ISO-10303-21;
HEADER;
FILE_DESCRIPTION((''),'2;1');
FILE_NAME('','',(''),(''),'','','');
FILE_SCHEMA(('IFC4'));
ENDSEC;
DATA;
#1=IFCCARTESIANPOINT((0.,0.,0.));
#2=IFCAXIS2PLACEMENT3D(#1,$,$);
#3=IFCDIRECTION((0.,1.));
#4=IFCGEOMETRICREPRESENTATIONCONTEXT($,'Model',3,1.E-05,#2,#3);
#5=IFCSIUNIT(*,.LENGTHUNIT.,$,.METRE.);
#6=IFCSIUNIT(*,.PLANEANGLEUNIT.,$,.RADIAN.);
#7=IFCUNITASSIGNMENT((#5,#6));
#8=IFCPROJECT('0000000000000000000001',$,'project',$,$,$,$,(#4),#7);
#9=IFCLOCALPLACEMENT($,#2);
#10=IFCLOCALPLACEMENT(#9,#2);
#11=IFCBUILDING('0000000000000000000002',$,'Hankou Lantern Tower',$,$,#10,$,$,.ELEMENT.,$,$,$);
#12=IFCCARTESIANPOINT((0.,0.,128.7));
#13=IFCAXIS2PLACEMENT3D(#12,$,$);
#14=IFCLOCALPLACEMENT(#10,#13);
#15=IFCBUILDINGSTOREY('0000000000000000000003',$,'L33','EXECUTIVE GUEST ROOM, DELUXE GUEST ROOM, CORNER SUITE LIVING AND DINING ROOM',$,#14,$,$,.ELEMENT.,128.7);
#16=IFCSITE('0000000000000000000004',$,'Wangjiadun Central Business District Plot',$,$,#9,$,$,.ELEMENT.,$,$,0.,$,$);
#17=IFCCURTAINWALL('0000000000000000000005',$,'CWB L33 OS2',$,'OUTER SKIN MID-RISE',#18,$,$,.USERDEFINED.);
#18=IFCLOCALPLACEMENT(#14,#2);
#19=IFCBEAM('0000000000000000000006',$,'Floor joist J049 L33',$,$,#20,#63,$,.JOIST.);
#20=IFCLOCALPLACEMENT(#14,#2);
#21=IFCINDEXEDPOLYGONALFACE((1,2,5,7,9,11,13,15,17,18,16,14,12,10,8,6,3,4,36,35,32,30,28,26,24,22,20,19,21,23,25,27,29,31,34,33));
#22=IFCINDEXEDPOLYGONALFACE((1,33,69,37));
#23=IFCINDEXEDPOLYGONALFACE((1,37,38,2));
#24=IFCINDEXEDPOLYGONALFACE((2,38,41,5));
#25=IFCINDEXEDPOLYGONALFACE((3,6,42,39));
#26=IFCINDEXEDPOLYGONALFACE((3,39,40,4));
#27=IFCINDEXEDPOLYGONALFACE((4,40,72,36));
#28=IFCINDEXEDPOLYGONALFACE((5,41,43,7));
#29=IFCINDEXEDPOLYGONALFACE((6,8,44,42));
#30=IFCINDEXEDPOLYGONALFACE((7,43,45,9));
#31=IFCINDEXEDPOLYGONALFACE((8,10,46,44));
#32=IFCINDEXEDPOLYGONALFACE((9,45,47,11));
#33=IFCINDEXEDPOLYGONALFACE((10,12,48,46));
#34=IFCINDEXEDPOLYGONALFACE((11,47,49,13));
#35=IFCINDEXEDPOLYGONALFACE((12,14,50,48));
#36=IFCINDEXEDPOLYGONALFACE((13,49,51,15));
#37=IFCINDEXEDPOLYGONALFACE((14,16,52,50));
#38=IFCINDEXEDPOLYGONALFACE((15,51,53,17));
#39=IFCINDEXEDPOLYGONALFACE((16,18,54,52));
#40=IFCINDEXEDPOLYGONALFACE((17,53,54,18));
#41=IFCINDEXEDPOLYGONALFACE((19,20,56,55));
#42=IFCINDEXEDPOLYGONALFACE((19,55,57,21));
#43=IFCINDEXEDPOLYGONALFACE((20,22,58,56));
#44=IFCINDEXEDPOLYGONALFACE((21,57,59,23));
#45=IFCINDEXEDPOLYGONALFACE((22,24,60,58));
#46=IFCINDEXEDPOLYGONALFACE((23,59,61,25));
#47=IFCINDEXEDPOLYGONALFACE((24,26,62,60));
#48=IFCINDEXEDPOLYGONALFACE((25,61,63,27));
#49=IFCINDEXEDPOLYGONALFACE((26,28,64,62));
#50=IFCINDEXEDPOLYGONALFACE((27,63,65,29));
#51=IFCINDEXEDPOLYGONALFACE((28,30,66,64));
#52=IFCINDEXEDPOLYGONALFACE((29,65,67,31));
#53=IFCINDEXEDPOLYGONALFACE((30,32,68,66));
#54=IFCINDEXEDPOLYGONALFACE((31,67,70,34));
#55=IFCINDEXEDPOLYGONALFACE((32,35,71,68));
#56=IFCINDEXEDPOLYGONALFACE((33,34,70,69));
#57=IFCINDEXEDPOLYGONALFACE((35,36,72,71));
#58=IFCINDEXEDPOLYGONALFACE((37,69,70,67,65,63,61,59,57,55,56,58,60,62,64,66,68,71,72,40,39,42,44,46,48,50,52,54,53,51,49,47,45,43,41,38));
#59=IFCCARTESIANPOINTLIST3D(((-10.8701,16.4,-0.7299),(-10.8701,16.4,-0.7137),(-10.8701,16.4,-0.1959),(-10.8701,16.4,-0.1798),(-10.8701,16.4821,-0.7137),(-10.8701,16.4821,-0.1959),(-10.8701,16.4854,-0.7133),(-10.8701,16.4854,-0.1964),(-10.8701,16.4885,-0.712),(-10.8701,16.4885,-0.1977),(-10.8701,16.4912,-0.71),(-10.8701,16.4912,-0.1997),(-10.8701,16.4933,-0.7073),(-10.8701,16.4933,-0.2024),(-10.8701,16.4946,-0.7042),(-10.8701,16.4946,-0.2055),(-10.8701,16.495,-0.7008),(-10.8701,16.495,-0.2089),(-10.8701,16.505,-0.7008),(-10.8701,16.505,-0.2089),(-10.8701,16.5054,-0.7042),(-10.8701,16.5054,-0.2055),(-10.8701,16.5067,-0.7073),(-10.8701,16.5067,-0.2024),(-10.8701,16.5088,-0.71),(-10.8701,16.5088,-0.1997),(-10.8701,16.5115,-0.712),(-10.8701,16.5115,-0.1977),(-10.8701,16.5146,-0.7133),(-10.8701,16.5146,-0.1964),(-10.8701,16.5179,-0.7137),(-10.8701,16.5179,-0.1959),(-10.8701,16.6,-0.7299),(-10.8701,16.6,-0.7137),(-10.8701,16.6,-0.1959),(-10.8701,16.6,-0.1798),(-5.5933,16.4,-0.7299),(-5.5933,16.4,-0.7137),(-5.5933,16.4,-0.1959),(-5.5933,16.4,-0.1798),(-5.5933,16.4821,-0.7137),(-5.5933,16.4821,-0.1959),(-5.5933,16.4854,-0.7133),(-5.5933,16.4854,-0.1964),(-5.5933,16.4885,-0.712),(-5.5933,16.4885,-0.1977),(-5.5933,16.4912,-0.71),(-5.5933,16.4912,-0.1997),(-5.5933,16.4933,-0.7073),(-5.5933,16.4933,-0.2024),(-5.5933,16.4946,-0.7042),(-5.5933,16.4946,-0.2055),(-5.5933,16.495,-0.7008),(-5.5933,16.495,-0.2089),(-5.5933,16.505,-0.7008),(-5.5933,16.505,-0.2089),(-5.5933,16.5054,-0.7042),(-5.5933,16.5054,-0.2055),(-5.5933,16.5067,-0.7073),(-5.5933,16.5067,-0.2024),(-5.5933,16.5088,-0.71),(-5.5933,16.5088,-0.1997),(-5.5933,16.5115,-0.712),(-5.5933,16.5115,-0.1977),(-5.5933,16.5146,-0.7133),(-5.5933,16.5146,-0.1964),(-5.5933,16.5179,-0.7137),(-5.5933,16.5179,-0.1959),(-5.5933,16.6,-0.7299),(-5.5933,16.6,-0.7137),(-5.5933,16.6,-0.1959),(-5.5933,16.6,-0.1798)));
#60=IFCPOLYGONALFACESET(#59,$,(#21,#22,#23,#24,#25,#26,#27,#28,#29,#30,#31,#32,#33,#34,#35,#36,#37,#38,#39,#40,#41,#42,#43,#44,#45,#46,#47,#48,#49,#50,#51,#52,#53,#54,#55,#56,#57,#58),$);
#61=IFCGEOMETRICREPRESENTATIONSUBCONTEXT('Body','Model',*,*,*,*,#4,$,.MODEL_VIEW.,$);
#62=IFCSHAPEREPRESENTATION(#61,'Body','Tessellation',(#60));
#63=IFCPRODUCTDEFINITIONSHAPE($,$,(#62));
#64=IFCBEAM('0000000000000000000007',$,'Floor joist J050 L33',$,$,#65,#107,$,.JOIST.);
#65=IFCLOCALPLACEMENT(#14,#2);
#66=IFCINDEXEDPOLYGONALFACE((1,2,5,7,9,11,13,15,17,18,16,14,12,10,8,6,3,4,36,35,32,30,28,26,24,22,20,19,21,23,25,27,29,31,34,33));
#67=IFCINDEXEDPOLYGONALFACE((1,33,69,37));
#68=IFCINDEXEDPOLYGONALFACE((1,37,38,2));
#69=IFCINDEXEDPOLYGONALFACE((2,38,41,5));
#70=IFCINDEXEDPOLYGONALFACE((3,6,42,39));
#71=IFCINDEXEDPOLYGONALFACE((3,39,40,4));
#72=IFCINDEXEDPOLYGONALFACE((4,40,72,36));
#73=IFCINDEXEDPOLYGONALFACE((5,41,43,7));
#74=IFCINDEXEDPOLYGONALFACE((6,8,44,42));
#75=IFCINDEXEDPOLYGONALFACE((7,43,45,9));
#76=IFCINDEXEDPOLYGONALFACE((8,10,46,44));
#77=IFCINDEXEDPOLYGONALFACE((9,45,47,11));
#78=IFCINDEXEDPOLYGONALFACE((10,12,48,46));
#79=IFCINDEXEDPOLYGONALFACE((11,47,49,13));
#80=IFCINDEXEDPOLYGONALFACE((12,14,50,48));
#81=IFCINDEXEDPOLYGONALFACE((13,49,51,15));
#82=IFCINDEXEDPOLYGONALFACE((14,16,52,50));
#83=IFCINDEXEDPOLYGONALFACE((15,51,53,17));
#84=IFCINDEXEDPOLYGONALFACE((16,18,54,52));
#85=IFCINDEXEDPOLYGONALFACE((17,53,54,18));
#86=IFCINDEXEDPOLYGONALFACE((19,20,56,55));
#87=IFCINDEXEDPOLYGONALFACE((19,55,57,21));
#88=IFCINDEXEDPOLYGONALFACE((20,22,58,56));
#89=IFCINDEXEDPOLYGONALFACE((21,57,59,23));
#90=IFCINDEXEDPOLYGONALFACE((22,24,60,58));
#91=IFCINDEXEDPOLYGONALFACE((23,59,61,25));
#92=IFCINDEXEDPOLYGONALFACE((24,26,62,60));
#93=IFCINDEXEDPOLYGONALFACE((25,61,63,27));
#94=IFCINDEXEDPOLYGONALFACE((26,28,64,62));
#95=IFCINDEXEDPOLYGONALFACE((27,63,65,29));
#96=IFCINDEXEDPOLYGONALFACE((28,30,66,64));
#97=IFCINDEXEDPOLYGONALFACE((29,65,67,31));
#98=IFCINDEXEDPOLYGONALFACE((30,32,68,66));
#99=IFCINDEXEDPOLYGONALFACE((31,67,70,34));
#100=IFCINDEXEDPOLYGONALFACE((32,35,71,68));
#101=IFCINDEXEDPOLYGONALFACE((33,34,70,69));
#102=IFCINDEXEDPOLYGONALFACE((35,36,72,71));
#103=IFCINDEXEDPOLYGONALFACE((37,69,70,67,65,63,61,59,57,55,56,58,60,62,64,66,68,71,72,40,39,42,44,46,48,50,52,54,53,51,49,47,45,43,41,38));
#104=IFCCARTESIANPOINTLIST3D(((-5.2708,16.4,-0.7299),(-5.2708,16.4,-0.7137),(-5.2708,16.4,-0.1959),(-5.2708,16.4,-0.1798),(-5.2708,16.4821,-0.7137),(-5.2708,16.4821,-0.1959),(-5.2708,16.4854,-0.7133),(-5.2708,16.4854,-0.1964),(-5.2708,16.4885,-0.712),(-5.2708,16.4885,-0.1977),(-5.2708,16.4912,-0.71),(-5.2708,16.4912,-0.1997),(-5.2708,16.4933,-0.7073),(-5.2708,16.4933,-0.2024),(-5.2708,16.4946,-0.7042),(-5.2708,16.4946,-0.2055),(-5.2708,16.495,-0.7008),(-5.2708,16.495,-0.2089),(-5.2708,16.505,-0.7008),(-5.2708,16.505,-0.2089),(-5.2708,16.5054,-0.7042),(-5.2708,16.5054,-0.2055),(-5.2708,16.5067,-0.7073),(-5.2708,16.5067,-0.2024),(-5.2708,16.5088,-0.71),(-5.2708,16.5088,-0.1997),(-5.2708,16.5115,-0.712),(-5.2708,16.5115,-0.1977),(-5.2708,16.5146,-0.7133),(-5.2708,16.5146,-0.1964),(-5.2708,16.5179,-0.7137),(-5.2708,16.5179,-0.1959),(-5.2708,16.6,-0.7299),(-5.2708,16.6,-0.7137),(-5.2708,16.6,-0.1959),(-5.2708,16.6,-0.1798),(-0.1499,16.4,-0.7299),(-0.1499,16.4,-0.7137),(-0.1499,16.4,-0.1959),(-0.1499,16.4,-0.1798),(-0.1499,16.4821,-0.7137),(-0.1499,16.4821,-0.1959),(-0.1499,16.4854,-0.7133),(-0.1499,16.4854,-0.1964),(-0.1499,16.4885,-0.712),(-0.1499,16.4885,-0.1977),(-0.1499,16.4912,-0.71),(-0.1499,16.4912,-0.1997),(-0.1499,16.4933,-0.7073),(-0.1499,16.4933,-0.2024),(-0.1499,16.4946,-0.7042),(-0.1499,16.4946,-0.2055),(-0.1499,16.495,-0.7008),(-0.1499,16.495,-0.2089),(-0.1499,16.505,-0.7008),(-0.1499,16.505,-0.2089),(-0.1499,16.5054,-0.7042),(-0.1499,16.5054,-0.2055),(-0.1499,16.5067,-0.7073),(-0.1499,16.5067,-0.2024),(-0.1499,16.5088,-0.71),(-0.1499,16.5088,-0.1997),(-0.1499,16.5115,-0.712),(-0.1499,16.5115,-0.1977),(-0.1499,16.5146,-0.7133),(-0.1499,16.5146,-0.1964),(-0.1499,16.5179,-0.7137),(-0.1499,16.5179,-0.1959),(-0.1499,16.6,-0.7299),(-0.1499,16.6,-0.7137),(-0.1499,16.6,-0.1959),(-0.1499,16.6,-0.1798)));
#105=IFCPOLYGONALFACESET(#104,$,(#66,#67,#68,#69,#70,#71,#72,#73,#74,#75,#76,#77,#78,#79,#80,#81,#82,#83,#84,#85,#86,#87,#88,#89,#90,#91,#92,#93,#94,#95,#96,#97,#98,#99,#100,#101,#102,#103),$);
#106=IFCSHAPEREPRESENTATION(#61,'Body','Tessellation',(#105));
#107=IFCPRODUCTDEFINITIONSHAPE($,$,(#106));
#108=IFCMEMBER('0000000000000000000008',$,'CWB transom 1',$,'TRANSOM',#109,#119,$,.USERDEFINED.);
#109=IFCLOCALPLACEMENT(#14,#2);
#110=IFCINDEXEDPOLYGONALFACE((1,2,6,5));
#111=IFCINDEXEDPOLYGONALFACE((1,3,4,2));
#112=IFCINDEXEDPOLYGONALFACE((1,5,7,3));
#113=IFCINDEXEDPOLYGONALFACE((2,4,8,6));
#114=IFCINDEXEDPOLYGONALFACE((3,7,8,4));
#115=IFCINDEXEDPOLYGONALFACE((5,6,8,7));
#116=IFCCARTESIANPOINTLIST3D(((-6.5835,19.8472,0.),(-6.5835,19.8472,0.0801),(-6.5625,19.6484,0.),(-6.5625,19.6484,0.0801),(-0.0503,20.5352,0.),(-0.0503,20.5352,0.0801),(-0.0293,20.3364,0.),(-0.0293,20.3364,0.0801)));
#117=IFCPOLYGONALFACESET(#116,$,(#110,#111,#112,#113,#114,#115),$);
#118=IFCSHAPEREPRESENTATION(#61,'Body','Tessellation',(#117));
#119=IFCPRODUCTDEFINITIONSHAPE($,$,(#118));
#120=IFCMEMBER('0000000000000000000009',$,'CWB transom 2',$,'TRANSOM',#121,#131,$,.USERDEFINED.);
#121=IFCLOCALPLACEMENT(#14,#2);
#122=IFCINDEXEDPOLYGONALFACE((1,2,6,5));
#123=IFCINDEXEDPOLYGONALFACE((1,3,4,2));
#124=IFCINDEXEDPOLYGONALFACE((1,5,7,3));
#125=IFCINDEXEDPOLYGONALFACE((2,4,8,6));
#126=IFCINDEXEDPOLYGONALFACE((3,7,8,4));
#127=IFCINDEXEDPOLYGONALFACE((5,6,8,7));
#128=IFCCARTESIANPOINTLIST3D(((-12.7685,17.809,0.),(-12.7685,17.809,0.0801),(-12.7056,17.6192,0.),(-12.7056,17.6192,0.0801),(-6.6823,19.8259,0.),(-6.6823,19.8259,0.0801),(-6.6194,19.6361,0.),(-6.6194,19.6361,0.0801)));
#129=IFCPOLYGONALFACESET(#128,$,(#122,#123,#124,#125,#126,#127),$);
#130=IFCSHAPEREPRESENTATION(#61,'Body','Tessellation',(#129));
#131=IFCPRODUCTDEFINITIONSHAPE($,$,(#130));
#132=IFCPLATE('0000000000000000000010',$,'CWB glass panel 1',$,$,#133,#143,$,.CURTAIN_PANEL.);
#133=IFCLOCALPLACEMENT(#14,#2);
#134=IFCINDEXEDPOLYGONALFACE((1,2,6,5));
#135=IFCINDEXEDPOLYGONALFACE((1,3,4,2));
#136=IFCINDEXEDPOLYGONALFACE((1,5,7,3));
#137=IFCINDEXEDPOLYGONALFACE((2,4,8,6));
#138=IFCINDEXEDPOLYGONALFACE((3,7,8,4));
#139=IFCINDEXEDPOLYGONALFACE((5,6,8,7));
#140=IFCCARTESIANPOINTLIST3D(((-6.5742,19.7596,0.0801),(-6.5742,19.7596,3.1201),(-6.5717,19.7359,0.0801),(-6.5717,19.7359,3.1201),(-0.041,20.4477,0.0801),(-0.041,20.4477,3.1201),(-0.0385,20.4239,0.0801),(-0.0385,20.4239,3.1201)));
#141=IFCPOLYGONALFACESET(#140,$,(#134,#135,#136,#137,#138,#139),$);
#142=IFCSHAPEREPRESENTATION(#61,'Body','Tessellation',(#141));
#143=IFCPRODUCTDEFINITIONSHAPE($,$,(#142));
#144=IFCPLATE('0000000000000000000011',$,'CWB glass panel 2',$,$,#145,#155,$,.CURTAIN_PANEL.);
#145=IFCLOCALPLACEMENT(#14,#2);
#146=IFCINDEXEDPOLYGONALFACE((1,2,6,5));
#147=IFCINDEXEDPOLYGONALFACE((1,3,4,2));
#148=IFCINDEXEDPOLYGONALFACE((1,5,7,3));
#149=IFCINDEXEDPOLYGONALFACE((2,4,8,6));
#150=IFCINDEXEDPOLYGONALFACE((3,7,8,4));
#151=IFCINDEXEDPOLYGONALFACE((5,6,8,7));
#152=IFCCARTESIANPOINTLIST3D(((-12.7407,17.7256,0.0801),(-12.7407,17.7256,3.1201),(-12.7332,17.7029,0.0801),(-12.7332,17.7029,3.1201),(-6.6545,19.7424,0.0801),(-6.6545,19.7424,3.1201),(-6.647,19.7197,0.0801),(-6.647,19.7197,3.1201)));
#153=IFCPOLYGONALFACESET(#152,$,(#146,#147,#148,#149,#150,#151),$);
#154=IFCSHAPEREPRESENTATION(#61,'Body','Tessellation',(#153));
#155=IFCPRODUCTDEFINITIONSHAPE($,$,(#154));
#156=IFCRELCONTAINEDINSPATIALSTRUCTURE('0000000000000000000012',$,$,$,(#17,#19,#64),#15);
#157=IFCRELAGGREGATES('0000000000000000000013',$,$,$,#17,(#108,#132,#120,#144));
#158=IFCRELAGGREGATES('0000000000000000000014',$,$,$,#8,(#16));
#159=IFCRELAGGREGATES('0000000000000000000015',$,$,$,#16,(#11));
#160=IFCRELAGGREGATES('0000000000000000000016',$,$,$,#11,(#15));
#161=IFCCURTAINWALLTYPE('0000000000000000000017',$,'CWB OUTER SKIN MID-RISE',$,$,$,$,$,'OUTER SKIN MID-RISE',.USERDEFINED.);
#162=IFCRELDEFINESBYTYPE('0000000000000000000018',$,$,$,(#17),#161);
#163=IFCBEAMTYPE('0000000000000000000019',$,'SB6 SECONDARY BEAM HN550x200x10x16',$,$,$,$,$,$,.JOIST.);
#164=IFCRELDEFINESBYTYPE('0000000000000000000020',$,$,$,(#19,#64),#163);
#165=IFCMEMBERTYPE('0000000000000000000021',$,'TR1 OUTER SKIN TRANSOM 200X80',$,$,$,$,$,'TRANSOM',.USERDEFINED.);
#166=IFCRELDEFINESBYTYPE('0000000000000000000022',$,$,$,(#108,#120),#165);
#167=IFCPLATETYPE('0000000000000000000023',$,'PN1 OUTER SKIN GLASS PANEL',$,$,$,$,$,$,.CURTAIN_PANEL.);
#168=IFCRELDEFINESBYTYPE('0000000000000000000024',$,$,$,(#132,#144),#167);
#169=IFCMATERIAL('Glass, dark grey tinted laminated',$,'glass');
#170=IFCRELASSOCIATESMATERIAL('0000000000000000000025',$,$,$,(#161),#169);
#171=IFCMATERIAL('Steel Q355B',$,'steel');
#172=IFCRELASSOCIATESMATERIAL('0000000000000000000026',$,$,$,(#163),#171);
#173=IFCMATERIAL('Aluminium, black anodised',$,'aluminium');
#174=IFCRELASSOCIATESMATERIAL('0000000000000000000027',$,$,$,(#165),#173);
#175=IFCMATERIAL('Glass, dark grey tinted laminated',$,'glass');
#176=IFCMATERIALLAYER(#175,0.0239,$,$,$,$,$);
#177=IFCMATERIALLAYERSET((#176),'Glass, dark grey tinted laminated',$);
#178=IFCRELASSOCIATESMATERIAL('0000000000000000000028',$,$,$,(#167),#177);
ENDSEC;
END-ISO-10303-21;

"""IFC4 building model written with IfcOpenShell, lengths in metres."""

from ifc_helpers import new_model, si_unit, direction, frame, origin, origin_2d, place, context, subcontext, project, spatial, rectangle, i_section, extrude, material, layer, layer_set, material_profile, profile_set, type_object, element, aggregate, save


model = new_model("IFC4")

# Units and contexts
model_context = context("Model", 3, precision=1e-05, world=origin(), true_north=direction((0.0, 1.0)))
body_context = subcontext(model_context, "Body", "Model", "MODEL_VIEW")
ifc_project = project(units=[si_unit("LENGTHUNIT", "METRE"), si_unit("PLANEANGLEUNIT", "RADIAN")], contexts=[model_context])

# Site, building, storey
site_placement = place(None, origin())
site = spatial("IfcSite", under=ifc_project, at=site_placement, Name="Wangjiadun Central Business District Plot", CompositionType="ELEMENT", RefElevation=0.0)
building_placement = place(site_placement, origin())
building = spatial("IfcBuilding", under=site, at=building_placement, Name="Hankou Lantern Tower", CompositionType="ELEMENT")
storey_placement = place(building_placement, frame((0.0, 0.0, 128.7)))
storey = spatial("IfcBuildingStorey", under=building, at=storey_placement, Name="L33", Description="EXECUTIVE GUEST ROOM, DELUXE GUEST ROOM, CORNER SUITE LIVING AND DINING ROOM", CompositionType="ELEMENT", Elevation=128.7)

# Curtain wall
ifc_material_1 = material(Name="Glass, dark grey tinted laminated", Category="glass")
curtain_wall_type = type_object("IfcCurtainWallType", Name="CWB OUTER SKIN MID-RISE", ElementType="OUTER SKIN MID-RISE", PredefinedType="USERDEFINED", material=ifc_material_1)
curtain_wall_placement = place(storey_placement, origin())
curtain_wall = element("IfcCurtainWall", 1, at=curtain_wall_placement, inside=storey, type_object=curtain_wall_type, Name="CWB L33 OS2", ObjectType="OUTER SKIN MID-RISE", PredefinedType="USERDEFINED")

# Beams
ifc_material_2 = material(Name="Steel Q355B", Category="steel")
ifc_material_profile_1 = material_profile(ifc_material_2, i_section(OverallWidth=0.2, OverallDepth=0.55, WebThickness=0.01, FlangeThickness=0.0161, FilletRadius=0.0129, at=origin_2d()), Name="HN550x200x10x16")
ifc_profile_set_1 = profile_set([ifc_material_profile_1], Name="Steel Q355B")
beam_type_1 = type_object("IfcBeamType", Name="SB6 SECONDARY BEAM HN550x200x10x16", PredefinedType="JOIST", material=ifc_profile_set_1)
beam_1_placement = place(storey_placement, frame((-10.8701, 16.5, -0.4548), z_axis=(1.0, 0.0, 0.0), x_axis=(0.0, 1.0, 0.0)))
element("IfcBeam", 2, at=beam_1_placement, inside=storey, type_object=beam_type_1, Name="Floor joist J049 L33", PredefinedType="JOIST", context=body_context, shape_type="SweptSolid", body=[
    extrude(i_section(OverallWidth=0.2, OverallDepth=0.55, WebThickness=0.01, FlangeThickness=0.0161, FilletRadius=0.0129, at=origin_2d()), origin(), (0.0, 0.0, 1.0), 5.2769),
])
beam_2_placement = place(storey_placement, frame((-5.2708, 16.5, -0.4548), z_axis=(1.0, 0.0, 0.0), x_axis=(0.0, 1.0, 0.0)))
element("IfcBeam", 3, at=beam_2_placement, inside=storey, type_object=beam_type_1, Name="Floor joist J050 L33", PredefinedType="JOIST", context=body_context, shape_type="SweptSolid", body=[
    extrude(i_section(OverallWidth=0.2, OverallDepth=0.55, WebThickness=0.01, FlangeThickness=0.0161, FilletRadius=0.0129, at=origin_2d()), origin(), (0.0, 0.0, 1.0), 5.1208),
])

# Members
ifc_material_3 = material(Name="Aluminium, black anodised", Category="aluminium")
ifc_material_profile_2 = material_profile(ifc_material_3, rectangle(XDim=0.2, YDim=0.0801, at=origin_2d()), Name="TR1 200X80")
ifc_profile_set_2 = profile_set([ifc_material_profile_2], Name="Aluminium, black anodised")
member_type_1 = type_object("IfcMemberType", Name="TR1 OUTER SKIN TRANSOM 200X80", ElementType="TRANSOM", PredefinedType="USERDEFINED", material=ifc_profile_set_2)
member_1_placement = place(storey_placement, frame((-0.0398, 20.4358, 0.04), z_axis=(-0.994501, -0.104727, 0.0), x_axis=(0.104727, -0.994501, 0.0)))
member_1 = element("IfcMember", 4, at=member_1_placement, type_object=member_type_1, Name="CWB transom 1", ObjectType="TRANSOM", PredefinedType="USERDEFINED", context=body_context, shape_type="SweptSolid", body=[
    extrude(rectangle(XDim=0.2, YDim=0.0801, at=origin_2d()), origin(), (0.0, 0.0, 1.0), 6.5693),
])
member_2_placement = place(storey_placement, frame((-6.6509, 19.731, 0.04), z_axis=(-0.949238, -0.314559, 0.0), x_axis=(0.314559, -0.949238, 0.0)))
member_2 = element("IfcMember", 5, at=member_2_placement, type_object=member_type_1, Name="CWB transom 2", ObjectType="TRANSOM", PredefinedType="USERDEFINED", context=body_context, shape_type="SweptSolid", body=[
    extrude(rectangle(XDim=0.2, YDim=0.0801, at=origin_2d()), origin(), (0.0, 0.0, 1.0), 6.4116),
])

# Plates
ifc_material_4 = material(Name="Glass, dark grey tinted laminated", Category="glass")
ifc_layer_1 = layer(ifc_material_4, 0.0239)
ifc_layer_set_1 = layer_set([ifc_layer_1], Name="Glass, dark grey tinted laminated")
plate_type = type_object("IfcPlateType", Name="PN1 OUTER SKIN GLASS PANEL", PredefinedType="CURTAIN_PANEL", material=ifc_layer_set_1)
plate_1_placement = place(storey_placement, frame((-3.3064, 20.0918, 0.0801), z_axis=(0.0, 0.0, 1.0), x_axis=(-0.994499, -0.104743, 0.0)))
plate_1 = element("IfcPlate", 6, at=plate_1_placement, type_object=plate_type, Name="CWB glass panel 1", PredefinedType="CURTAIN_PANEL", context=body_context, shape_type="SweptSolid", body=[
    extrude(rectangle(XDim=6.5693, YDim=0.0239, at=origin_2d()), origin(), (0.0, 0.0, 1.0), 3.04),
])
plate_2_placement = place(storey_placement, frame((-9.6938, 18.7227, 0.0801), z_axis=(0.0, 0.0, 1.0), x_axis=(-0.949241, -0.314551, 0.0)))
plate_2 = element("IfcPlate", 7, at=plate_2_placement, type_object=plate_type, Name="CWB glass panel 2", PredefinedType="CURTAIN_PANEL", context=body_context, shape_type="SweptSolid", body=[
    extrude(rectangle(XDim=6.4116, YDim=0.0239, at=origin_2d()), origin(), (0.0, 0.0, 1.0), 3.04),
])
aggregate(curtain_wall, [member_1, plate_1, member_2, plate_2])

save(model, "model.ifc")
